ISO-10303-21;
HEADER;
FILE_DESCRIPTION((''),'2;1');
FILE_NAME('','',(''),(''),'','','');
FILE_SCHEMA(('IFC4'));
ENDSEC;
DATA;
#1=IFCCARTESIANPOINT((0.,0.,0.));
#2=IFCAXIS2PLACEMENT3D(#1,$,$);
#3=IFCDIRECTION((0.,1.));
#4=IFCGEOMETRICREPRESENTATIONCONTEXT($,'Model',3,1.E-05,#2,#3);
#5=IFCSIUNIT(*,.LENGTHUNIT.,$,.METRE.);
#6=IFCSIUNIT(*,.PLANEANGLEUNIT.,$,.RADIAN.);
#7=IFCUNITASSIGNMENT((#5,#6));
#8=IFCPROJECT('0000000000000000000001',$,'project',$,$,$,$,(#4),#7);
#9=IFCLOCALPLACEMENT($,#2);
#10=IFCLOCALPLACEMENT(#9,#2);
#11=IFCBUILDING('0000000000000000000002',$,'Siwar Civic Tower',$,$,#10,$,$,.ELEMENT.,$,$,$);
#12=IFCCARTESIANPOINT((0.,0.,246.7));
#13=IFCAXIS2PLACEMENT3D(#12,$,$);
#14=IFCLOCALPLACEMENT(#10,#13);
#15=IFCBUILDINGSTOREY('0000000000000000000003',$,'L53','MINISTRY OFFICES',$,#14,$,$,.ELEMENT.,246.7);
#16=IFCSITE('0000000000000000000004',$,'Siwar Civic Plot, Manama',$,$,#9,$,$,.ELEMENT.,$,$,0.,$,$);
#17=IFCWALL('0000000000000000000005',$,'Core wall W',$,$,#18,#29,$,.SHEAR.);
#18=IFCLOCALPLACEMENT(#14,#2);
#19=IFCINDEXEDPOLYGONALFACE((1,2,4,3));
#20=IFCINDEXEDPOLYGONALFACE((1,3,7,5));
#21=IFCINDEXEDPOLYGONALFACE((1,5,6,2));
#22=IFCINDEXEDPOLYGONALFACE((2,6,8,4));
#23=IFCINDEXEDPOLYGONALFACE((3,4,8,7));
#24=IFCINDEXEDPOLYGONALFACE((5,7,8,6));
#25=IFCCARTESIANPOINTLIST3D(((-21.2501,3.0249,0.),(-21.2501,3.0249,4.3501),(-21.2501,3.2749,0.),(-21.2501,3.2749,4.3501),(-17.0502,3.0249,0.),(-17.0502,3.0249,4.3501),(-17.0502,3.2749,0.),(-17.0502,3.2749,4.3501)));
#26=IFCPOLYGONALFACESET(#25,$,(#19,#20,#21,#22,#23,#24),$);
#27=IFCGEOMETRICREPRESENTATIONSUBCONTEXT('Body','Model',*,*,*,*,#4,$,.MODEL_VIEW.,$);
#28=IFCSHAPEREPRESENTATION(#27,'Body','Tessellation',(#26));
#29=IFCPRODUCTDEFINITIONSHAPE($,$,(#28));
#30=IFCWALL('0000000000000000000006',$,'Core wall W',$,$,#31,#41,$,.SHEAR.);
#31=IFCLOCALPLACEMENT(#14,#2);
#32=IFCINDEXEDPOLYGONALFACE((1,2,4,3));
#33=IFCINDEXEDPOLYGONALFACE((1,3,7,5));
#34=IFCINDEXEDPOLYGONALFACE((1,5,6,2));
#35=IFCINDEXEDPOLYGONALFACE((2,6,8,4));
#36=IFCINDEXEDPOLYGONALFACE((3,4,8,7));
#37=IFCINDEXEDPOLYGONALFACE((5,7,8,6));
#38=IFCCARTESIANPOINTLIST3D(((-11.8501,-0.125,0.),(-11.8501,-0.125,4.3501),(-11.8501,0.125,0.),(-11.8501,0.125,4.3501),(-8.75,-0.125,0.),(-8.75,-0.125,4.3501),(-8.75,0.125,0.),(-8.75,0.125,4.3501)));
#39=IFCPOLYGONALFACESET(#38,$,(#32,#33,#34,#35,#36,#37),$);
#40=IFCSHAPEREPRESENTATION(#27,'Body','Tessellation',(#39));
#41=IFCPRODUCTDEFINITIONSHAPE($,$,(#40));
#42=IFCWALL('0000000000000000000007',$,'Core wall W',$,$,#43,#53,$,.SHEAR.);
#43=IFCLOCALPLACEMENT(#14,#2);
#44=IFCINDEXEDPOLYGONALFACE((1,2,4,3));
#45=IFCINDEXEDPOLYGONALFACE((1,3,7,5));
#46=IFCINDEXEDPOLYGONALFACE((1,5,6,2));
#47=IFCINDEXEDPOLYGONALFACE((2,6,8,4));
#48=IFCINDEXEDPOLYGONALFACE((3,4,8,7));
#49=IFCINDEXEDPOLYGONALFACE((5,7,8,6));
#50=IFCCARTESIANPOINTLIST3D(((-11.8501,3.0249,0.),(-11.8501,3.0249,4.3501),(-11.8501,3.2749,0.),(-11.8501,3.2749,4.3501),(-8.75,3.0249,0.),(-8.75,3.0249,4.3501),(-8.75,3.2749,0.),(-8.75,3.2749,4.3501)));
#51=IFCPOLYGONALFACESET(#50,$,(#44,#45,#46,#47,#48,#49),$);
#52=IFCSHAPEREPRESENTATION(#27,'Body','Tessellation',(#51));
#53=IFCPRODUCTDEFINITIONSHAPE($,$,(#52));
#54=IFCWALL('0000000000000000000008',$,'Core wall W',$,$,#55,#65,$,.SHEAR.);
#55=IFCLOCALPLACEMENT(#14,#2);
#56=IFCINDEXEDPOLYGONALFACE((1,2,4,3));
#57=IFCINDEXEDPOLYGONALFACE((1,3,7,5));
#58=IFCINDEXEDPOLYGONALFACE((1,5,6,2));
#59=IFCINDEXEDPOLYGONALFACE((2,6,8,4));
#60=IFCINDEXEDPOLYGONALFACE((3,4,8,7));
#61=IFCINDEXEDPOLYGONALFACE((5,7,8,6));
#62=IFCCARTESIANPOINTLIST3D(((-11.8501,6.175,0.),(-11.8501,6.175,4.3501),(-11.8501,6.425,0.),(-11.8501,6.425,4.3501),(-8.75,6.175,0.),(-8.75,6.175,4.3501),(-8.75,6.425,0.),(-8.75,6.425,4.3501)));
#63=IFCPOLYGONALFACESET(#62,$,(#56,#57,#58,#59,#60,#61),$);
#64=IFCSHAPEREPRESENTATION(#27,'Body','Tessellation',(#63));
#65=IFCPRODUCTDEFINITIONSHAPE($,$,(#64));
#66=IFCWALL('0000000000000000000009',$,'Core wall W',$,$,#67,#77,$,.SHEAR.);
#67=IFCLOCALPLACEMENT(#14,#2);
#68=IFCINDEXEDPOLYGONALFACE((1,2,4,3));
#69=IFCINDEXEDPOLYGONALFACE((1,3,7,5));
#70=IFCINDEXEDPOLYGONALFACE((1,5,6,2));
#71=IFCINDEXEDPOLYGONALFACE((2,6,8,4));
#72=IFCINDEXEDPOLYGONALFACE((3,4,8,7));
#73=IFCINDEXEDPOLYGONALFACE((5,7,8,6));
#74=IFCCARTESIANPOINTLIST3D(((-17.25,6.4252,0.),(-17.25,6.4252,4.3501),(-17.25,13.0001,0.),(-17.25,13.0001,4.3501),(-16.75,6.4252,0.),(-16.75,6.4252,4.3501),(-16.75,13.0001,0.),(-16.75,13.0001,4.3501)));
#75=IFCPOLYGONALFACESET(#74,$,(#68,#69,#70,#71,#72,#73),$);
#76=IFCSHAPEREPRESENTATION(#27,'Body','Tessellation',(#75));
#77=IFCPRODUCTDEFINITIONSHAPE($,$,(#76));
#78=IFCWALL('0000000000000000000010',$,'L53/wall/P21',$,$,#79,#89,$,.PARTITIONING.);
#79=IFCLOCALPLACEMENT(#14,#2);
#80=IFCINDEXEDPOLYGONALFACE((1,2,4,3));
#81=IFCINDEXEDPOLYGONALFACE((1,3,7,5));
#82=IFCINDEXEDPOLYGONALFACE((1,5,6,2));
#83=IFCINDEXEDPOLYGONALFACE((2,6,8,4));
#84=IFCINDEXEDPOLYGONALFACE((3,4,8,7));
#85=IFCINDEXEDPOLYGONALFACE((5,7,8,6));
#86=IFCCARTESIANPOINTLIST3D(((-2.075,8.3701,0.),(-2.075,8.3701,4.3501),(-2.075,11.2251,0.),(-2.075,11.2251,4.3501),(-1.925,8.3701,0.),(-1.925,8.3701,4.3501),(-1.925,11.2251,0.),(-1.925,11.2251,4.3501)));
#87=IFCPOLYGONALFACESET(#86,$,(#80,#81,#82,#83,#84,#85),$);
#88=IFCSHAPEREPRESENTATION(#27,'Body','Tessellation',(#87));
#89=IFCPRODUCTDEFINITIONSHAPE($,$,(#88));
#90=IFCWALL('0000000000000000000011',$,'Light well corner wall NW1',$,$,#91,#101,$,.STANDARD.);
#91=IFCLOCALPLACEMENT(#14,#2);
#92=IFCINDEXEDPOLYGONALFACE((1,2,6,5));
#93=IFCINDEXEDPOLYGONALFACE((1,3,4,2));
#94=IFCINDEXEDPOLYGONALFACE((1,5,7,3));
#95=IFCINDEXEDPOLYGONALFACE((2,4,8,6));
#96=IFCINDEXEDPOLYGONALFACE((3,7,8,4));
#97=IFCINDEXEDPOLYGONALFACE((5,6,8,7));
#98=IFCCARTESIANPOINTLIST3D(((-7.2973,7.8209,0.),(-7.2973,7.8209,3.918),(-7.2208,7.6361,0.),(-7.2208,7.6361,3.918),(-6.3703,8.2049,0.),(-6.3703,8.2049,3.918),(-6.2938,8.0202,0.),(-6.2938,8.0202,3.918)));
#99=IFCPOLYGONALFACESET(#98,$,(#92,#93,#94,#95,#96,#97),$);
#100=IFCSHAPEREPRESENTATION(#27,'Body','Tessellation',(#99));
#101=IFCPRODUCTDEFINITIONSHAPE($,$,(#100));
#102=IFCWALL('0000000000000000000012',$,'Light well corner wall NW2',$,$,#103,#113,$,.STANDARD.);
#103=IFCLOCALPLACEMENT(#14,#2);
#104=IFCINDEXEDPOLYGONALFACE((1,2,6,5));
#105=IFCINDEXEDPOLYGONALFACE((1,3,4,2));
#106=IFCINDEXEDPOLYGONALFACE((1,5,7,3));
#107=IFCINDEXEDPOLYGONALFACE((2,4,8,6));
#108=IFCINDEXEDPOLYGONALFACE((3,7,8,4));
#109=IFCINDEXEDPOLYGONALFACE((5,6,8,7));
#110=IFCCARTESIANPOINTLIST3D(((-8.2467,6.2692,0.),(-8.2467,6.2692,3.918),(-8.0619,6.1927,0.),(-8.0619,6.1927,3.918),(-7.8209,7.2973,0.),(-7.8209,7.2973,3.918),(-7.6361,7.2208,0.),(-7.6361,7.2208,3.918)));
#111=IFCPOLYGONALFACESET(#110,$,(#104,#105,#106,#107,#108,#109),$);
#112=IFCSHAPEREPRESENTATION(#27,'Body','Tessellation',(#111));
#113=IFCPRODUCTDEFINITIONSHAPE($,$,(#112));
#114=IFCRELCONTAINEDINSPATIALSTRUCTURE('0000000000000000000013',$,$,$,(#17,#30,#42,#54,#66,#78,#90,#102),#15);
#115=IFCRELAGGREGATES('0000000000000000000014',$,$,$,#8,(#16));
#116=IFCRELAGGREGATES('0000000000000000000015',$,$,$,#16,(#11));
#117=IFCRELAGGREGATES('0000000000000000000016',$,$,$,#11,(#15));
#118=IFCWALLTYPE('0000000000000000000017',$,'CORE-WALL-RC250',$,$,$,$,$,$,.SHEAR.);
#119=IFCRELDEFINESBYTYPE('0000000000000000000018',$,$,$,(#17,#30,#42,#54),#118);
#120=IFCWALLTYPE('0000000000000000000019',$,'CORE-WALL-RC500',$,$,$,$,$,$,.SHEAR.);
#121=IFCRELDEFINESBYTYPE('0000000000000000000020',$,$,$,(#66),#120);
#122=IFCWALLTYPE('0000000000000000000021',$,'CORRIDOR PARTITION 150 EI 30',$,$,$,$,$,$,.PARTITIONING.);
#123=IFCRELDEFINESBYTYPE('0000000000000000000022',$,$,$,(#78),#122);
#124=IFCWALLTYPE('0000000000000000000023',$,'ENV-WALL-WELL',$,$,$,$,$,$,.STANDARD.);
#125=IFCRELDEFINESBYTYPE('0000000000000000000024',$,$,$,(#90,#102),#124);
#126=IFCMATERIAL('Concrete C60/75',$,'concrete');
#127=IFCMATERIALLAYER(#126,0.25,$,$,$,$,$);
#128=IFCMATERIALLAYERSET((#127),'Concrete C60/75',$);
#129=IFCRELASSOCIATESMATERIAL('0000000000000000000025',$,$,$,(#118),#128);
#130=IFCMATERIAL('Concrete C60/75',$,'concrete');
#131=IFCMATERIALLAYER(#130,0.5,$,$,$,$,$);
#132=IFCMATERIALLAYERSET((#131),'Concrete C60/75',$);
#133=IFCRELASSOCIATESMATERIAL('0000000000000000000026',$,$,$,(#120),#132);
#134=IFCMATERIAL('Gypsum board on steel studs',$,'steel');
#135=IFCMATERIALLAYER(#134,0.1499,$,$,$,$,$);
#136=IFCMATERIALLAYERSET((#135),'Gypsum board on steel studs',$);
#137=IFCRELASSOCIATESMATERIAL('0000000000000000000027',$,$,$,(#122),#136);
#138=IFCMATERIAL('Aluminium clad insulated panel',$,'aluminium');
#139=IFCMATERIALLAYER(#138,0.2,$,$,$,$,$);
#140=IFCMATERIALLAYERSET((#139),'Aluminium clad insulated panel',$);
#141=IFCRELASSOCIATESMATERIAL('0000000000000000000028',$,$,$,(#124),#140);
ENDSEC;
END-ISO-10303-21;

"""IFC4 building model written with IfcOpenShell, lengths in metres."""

from ifc_helpers import new_model, si_unit, direction, frame, frame_2d, origin, place, context, subcontext, project, spatial, rectangle, extrude, material, layer, layer_set, type_object, element, save


model = new_model("IFC4")

# Units and contexts
model_context = context("Model", 3, precision=1e-05, world=origin(), true_north=direction((0.0, 1.0)))
body_context = subcontext(model_context, "Body", "Model", "MODEL_VIEW")
ifc_project = project(units=[si_unit("LENGTHUNIT", "METRE"), si_unit("PLANEANGLEUNIT", "RADIAN")], contexts=[model_context])

# Site, building, storey
site_placement = place(None, origin())
site = spatial("IfcSite", under=ifc_project, at=site_placement, Name="Siwar Civic Plot, Manama", CompositionType="ELEMENT", RefElevation=0.0)
building_placement = place(site_placement, origin())
building = spatial("IfcBuilding", under=site, at=building_placement, Name="Siwar Civic Tower", CompositionType="ELEMENT")
storey_placement = place(building_placement, frame((0.0, 0.0, 246.7)))
storey = spatial("IfcBuildingStorey", under=building, at=storey_placement, Name="L53", Description="MINISTRY OFFICES", CompositionType="ELEMENT", Elevation=246.7)

# Shared definitions
ifc_material_1 = material(Name="Concrete C60/75", Category="concrete")
ifc_layer_1 = layer(ifc_material_1, 0.25)
ifc_layer_set_1 = layer_set([ifc_layer_1], Name="Concrete C60/75")
wall_type_1 = type_object("IfcWallType", Name="CORE-WALL-RC250", PredefinedType="SHEAR", material=ifc_layer_set_1)

# Walls
for number, where, z_axis, x_axis, name in (
    (1, (-17.05, 3.1499, 0.0), (0.0, 0.0, 1.0), (-1.0, 0.0, 0.0), "Core wall W"),
):
    element("IfcWall", number, at=place(storey_placement, frame(where, z_axis=z_axis, x_axis=x_axis)), inside=storey, type_object=wall_type_1, Name=name, PredefinedType="SHEAR", context=body_context, shape_type="SweptSolid", body=[
        extrude(rectangle(XDim=4.2, YDim=0.25, at=frame_2d((2.1001, 0.0))), origin(), (0.0, 0.0, 1.0), 4.3501),
    ])
for number, where, z_axis, x_axis, name in (
    (2, (-8.75, 0.0, 0.0), (0.0, 0.0, 1.0), (-1.0, 0.0, 0.0), "Core wall W"),
    (3, (-8.75, 3.1499, 0.0), (0.0, 0.0, 1.0), (-1.0, 0.0, 0.0), "Core wall W"),
    (4, (-8.75, 6.3, 0.0), (0.0, 0.0, 1.0), (-1.0, 0.0, 0.0), "Core wall W"),
):
    element("IfcWall", number, at=place(storey_placement, frame(where, z_axis=z_axis, x_axis=x_axis)), inside=storey, type_object=wall_type_1, Name=name, PredefinedType="SHEAR", context=body_context, shape_type="SweptSolid", body=[
        extrude(rectangle(XDim=3.1001, YDim=0.25, at=frame_2d((1.55, 0.0))), origin(), (0.0, 0.0, 1.0), 4.3501),
    ])
ifc_material_2 = material(Name="Concrete C60/75", Category="concrete")
ifc_layer_2 = layer(ifc_material_2, 0.5)
ifc_layer_set_2 = layer_set([ifc_layer_2], Name="Concrete C60/75")
wall_type_2 = type_object("IfcWallType", Name="CORE-WALL-RC500", PredefinedType="SHEAR", material=ifc_layer_set_2)
wall_1_placement = place(storey_placement, frame((-17.0, 6.425, 0.0), z_axis=(0.0, 0.0, 1.0), x_axis=(0.0, 1.0, 0.0)))
element("IfcWall", 5, at=wall_1_placement, inside=storey, type_object=wall_type_2, Name="Core wall W", PredefinedType="SHEAR", context=body_context, shape_type="SweptSolid", body=[
    extrude(rectangle(XDim=6.575, YDim=0.5, at=frame_2d((3.2876, 0.0))), origin(), (0.0, 0.0, 1.0), 4.3501),
])
ifc_material_3 = material(Name="Gypsum board on steel studs", Category="steel")
ifc_layer_3 = layer(ifc_material_3, 0.1499)
ifc_layer_set_3 = layer_set([ifc_layer_3], Name="Gypsum board on steel studs")
wall_type_3 = type_object("IfcWallType", Name="CORRIDOR PARTITION 150 EI 30", PredefinedType="PARTITIONING", material=ifc_layer_set_3)
wall_2_placement = place(storey_placement, frame((-2.0, 8.3701, 0.0), z_axis=(0.0, 0.0, 1.0), x_axis=(0.0, 1.0, 0.0)))
element("IfcWall", 6, at=wall_2_placement, inside=storey, type_object=wall_type_3, Name="L53/wall/P21", PredefinedType="PARTITIONING", context=body_context, shape_type="SweptSolid", body=[
    extrude(rectangle(XDim=2.855, YDim=0.1499, at=frame_2d((1.4275, 0.0))), origin(), (0.0, 0.0, 1.0), 4.3501),
])
ifc_material_4 = material(Name="Aluminium clad insulated panel", Category="aluminium")
ifc_layer_4 = layer(ifc_material_4, 0.2)
ifc_layer_set_4 = layer_set([ifc_layer_4], Name="Aluminium clad insulated panel")
wall_type_4 = type_object("IfcWallType", Name="ENV-WALL-WELL", PredefinedType="STANDARD", material=ifc_layer_set_4)
wall_3_placement = place(storey_placement, frame((-6.332, 8.1125, 0.0), z_axis=(0.0, 0.0, 1.0), x_axis=(-0.92386, -0.382731, 0.0)))
element("IfcWall", 7, at=wall_3_placement, inside=storey, type_object=wall_type_4, Name="Light well corner wall NW1", PredefinedType="STANDARD", context=body_context, shape_type="SweptSolid", body=[
    extrude(rectangle(XDim=1.0034, YDim=0.2, at=frame_2d((0.5017, 0.0))), origin(), (0.0, 0.0, 1.0), 3.918),
])
wall_4_placement = place(storey_placement, frame((-7.7285, 7.259, 0.0), z_axis=(0.0, 0.0, 1.0), x_axis=(-0.382636, -0.923899, 0.0)))
element("IfcWall", 8, at=wall_4_placement, inside=storey, type_object=wall_type_4, Name="Light well corner wall NW2", PredefinedType="STANDARD", context=body_context, shape_type="SweptSolid", body=[
    extrude(rectangle(XDim=1.1128, YDim=0.2, at=frame_2d((0.5564, 0.0))), origin(), (0.0, 0.0, 1.0), 3.918),
])

save(model, "model.ifc")
